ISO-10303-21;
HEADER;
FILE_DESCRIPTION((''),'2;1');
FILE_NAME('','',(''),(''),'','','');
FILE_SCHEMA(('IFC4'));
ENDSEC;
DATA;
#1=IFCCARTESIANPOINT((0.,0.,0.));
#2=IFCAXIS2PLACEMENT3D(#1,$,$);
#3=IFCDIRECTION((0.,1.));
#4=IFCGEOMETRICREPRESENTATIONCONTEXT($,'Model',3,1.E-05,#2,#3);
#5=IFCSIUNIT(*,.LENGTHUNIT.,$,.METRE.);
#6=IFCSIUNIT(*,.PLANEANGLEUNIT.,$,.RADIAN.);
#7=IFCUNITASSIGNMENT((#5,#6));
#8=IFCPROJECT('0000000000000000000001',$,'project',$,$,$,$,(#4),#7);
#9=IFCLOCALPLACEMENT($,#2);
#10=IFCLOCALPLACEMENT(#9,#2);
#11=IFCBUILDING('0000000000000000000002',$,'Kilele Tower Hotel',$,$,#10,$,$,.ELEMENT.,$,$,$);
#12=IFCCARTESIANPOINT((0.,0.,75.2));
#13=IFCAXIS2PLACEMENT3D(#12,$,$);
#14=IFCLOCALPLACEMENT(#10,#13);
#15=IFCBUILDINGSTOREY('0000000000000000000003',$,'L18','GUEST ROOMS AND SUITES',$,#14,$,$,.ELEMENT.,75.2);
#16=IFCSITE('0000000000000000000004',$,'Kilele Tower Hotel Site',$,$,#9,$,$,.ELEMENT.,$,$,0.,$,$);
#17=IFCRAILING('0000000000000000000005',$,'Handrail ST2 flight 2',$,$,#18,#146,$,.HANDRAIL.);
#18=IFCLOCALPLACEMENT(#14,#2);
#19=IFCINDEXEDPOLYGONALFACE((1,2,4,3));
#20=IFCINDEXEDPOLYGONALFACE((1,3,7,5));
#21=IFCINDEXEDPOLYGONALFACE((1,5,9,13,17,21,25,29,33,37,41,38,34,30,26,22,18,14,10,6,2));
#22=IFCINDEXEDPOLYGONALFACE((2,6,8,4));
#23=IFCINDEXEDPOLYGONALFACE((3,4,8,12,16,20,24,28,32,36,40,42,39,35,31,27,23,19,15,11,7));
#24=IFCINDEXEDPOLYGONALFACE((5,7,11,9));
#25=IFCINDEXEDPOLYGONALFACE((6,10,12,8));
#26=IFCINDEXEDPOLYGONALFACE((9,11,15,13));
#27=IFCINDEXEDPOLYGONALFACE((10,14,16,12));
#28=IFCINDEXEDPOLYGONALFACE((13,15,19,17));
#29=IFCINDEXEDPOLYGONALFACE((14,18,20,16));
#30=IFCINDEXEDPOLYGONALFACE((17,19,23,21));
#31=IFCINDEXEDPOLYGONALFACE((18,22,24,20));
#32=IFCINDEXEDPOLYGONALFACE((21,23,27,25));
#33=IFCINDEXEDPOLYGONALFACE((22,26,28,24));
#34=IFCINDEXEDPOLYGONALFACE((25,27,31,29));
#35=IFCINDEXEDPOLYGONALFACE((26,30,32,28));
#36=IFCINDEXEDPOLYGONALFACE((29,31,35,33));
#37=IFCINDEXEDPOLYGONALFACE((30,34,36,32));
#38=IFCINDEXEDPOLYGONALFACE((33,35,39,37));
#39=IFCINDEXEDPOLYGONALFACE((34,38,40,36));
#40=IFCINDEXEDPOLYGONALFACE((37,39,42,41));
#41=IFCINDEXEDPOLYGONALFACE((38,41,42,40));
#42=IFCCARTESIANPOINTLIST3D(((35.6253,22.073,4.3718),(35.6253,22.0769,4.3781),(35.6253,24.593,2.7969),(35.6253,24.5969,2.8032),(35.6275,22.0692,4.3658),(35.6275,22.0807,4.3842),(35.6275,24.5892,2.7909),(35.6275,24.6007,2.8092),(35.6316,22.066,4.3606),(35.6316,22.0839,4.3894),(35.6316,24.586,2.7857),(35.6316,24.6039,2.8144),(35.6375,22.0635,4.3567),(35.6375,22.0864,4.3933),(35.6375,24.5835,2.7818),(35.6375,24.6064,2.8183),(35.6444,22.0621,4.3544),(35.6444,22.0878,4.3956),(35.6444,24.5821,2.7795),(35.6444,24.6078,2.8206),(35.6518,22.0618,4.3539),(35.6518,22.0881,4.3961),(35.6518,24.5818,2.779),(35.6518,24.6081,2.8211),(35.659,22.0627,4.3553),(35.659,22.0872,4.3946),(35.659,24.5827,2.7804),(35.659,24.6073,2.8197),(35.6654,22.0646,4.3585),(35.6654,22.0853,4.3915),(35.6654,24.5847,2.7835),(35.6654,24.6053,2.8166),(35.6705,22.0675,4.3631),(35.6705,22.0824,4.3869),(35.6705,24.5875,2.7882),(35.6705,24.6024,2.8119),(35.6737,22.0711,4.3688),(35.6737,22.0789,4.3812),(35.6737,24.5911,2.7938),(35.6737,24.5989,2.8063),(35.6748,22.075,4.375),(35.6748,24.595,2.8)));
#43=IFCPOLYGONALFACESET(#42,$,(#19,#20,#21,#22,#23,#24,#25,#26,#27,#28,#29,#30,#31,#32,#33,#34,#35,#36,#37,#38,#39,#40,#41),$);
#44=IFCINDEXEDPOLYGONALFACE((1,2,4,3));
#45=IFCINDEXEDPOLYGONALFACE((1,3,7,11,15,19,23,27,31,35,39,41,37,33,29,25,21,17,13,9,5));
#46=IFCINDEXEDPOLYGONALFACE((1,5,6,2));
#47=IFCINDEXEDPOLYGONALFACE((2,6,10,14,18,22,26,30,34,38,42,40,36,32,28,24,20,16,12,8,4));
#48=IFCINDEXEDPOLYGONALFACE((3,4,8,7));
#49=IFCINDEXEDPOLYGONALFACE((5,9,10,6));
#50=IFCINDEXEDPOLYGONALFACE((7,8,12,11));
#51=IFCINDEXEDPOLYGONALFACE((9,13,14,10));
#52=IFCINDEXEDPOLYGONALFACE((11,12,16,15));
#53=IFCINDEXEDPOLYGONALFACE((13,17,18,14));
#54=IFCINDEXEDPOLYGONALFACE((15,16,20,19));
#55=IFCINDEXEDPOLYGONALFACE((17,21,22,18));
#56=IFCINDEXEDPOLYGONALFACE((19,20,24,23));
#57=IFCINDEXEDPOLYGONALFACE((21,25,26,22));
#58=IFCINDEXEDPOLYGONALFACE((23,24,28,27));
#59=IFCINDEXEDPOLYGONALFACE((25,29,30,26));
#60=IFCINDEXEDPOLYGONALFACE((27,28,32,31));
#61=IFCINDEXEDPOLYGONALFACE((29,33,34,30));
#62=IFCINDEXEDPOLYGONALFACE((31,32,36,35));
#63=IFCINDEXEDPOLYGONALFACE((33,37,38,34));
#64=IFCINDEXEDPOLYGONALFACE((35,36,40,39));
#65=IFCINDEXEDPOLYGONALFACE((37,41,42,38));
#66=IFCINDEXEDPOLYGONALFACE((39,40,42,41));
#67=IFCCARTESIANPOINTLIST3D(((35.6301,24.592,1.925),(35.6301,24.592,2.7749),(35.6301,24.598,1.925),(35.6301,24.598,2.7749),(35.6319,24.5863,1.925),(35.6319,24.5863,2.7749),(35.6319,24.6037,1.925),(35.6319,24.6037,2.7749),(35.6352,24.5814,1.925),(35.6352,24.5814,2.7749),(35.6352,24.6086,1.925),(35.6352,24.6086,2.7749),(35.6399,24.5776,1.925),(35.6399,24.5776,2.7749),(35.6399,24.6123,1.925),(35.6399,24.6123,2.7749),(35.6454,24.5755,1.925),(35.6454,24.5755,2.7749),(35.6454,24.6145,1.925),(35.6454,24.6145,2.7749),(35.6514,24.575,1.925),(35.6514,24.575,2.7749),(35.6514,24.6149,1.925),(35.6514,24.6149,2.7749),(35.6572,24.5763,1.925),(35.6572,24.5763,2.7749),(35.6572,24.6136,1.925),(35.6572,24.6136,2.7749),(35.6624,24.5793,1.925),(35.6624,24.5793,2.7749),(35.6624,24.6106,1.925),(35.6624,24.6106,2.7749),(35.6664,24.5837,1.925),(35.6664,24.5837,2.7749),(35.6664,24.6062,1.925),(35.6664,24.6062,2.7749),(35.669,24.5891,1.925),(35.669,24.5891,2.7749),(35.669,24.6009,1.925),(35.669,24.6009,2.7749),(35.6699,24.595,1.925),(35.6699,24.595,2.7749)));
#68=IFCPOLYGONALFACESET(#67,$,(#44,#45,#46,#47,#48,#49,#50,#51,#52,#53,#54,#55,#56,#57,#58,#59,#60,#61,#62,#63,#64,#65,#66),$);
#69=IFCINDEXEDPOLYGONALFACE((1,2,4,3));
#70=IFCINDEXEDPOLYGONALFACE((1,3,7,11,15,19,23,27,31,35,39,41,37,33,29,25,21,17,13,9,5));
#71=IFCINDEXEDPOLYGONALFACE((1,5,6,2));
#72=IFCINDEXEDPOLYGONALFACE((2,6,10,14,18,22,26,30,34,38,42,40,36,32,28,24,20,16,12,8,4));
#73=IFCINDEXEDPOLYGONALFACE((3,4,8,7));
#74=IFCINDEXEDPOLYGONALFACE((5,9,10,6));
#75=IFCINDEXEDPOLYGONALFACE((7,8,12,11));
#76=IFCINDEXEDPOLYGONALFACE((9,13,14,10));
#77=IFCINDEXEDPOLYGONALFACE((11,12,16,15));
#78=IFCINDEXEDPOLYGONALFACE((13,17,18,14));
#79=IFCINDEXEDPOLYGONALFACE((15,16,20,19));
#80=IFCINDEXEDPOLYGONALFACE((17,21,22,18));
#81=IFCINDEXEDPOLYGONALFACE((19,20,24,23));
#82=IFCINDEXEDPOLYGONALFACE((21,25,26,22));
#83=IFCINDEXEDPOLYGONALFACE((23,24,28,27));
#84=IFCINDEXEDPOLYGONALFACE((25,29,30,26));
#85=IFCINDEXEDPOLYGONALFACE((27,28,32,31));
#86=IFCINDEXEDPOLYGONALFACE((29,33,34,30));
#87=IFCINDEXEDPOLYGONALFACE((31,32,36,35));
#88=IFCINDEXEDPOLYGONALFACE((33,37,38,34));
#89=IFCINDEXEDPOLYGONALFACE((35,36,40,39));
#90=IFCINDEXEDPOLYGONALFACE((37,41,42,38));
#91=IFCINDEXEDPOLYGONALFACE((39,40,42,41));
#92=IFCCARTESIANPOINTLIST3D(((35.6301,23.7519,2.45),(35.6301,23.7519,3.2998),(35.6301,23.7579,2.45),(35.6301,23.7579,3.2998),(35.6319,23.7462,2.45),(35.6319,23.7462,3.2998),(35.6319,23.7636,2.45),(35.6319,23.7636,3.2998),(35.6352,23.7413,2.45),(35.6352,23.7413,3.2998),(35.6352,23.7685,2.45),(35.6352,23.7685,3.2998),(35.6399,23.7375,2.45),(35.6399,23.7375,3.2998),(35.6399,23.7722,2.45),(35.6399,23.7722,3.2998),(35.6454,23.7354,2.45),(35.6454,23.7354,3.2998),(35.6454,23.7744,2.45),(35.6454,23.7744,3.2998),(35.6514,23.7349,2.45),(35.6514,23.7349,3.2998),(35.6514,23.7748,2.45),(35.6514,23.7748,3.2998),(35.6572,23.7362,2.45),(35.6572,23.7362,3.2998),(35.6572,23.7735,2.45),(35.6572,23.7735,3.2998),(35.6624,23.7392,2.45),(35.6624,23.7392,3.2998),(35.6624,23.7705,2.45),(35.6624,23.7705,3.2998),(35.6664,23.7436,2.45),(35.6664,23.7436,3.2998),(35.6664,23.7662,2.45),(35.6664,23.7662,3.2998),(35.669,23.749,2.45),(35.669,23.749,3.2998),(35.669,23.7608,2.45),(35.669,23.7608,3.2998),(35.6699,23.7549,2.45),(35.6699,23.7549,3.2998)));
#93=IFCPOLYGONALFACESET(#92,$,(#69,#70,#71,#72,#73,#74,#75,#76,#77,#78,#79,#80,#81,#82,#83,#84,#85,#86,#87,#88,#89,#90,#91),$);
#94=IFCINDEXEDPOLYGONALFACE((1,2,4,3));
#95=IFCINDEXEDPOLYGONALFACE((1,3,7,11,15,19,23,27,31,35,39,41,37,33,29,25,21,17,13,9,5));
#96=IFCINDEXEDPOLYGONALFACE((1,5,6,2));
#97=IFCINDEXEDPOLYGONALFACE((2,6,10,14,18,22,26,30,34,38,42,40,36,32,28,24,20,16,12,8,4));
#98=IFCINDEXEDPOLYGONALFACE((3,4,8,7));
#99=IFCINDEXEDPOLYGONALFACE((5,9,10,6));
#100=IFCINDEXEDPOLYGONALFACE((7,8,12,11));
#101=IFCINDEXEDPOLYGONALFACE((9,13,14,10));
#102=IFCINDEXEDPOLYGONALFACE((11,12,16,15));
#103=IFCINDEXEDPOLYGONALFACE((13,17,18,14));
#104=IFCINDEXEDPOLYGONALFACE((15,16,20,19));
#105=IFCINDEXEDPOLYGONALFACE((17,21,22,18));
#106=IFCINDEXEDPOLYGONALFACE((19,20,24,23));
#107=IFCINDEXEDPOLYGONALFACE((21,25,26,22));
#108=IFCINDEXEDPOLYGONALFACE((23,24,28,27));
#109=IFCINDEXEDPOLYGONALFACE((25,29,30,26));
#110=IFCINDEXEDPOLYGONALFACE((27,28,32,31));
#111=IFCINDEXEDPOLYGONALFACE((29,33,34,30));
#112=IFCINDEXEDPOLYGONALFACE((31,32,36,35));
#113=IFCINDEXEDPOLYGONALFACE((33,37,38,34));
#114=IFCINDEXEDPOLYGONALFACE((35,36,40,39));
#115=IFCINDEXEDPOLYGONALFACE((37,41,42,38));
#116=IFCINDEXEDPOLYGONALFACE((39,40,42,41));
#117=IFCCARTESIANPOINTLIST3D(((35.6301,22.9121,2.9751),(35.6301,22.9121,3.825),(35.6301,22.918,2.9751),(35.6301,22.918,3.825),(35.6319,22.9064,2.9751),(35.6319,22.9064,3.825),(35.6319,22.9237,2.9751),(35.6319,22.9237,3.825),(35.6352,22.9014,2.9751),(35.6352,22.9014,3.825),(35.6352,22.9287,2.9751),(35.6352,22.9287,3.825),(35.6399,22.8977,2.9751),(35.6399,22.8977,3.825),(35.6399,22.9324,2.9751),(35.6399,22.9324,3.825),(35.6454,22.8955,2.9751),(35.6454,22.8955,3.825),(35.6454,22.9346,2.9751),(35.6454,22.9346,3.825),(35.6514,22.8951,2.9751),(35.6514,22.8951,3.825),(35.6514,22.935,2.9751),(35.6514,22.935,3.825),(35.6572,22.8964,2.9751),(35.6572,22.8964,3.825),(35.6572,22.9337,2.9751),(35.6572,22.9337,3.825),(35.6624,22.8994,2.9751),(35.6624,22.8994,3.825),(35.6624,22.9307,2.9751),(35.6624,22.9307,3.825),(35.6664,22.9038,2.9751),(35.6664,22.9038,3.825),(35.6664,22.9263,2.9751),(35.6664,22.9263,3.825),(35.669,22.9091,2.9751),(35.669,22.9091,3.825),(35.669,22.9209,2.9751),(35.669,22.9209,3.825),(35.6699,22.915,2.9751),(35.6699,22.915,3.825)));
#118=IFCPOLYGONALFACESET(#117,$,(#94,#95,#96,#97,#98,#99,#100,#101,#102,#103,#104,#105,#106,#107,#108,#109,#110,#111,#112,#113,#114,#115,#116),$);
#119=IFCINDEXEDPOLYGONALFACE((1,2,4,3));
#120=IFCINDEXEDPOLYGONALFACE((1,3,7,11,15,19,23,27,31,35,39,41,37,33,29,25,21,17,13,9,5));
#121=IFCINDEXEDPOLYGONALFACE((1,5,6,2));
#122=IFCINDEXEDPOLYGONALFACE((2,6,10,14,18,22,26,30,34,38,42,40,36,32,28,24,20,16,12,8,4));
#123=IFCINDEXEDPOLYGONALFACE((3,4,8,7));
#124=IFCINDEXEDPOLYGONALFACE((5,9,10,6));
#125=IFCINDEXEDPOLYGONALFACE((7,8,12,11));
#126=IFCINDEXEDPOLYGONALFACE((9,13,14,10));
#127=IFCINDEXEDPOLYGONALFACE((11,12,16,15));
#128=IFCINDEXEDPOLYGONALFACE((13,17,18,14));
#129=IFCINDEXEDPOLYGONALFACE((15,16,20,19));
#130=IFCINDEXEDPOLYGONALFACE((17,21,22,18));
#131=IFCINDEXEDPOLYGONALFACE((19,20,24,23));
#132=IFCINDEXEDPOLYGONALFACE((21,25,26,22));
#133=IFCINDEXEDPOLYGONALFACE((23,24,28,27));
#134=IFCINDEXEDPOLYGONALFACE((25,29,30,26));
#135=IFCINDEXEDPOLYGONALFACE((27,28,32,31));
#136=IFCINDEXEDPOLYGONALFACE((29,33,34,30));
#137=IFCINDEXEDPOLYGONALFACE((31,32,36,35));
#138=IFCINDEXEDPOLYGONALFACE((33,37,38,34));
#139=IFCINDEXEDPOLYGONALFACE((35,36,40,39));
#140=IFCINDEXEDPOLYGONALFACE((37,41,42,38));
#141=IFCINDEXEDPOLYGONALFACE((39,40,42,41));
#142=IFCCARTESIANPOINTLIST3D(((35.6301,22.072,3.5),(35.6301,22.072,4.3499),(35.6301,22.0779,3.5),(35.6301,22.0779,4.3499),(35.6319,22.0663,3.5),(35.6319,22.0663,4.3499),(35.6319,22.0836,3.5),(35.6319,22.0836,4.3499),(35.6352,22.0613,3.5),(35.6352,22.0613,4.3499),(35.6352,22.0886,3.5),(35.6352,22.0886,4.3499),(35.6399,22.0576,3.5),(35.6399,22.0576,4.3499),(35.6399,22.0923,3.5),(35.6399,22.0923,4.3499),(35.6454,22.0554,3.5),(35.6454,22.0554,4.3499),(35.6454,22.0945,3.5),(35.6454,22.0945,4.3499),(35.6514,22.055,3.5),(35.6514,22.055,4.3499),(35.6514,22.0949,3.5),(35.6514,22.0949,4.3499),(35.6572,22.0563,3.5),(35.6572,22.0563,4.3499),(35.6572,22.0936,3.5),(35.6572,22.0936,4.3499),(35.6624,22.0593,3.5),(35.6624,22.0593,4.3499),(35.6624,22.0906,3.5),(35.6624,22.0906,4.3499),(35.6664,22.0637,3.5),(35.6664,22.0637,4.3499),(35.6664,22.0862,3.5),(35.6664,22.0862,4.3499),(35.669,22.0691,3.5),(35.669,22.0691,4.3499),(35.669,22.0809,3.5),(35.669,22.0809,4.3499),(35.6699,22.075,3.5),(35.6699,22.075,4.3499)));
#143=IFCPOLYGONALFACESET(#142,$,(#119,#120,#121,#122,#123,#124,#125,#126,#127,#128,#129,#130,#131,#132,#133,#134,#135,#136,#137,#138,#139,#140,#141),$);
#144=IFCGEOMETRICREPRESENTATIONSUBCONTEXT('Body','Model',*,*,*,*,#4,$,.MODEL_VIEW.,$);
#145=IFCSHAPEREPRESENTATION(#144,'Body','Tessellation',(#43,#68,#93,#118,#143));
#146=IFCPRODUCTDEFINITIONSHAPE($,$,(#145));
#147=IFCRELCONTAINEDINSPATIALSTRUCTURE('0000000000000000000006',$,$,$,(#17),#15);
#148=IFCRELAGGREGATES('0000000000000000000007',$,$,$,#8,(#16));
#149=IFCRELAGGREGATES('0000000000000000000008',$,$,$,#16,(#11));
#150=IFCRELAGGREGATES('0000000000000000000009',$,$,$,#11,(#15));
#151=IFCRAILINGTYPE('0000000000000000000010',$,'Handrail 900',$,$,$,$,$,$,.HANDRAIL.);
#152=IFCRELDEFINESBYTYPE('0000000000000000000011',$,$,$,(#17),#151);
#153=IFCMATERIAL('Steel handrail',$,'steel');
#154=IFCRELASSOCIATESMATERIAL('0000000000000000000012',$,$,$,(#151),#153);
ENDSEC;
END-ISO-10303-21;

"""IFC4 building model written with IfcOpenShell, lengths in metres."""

from ifc_helpers import new_model, si_unit, direction, frame, origin, origin_2d, place, context, subcontext, project, spatial, circle, extrude, material, type_object, element, save


model = new_model("IFC4")

# Units and contexts
model_context = context("Model", 3, precision=1e-05, world=origin(), true_north=direction((0.0, 1.0)))
body_context = subcontext(model_context, "Body", "Model", "MODEL_VIEW")
ifc_project = project(units=[si_unit("LENGTHUNIT", "METRE"), si_unit("PLANEANGLEUNIT", "RADIAN")], contexts=[model_context])

# Site, building, storey
site_placement = place(None, origin())
site = spatial("IfcSite", under=ifc_project, at=site_placement, Name="Kilele Tower Hotel Site", CompositionType="ELEMENT", RefElevation=0.0)
building_placement = place(site_placement, origin())
building = spatial("IfcBuilding", under=site, at=building_placement, Name="Kilele Tower Hotel", CompositionType="ELEMENT")
storey_placement = place(building_placement, frame((0.0, 0.0, 75.2)))
storey = spatial("IfcBuildingStorey", under=building, at=storey_placement, Name="L18", Description="GUEST ROOMS AND SUITES", CompositionType="ELEMENT", Elevation=75.2)

# Railing
ifc_material_1 = material(Name="Steel handrail", Category="steel")
railing_type_1 = type_object("IfcRailingType", Name="Handrail 900", PredefinedType="HANDRAIL", material=ifc_material_1)
for number, where, name in (
    (1, (35.6499, 24.595, 1.925), "Handrail ST2 flight 2"),
):
    element("IfcRailing", number, at=place(storey_placement, frame(where)), inside=storey, type_object=railing_type_1, Name=name, PredefinedType="HANDRAIL", context=body_context, shape_type="SweptSolid", body=[
        extrude(circle(Radius=0.0249, at=origin_2d()), frame((0.0, 0.0, 0.875), z_axis=(0.0, -0.848008, 0.529984), x_axis=(1.0, 0.0, 0.0)), (0.0, 0.0, 1.0), 2.9717),
        extrude(circle(Radius=0.02, at=origin_2d()), origin(), (0.0, 0.0, 1.0), 0.8499),
        extrude(circle(Radius=0.02, at=origin_2d()), frame((0.0, -0.8401, 0.5249)), (0.0, 0.0, 1.0), 0.8499),
        extrude(circle(Radius=0.02, at=origin_2d()), frame((0.0, -1.6799, 1.05)), (0.0, 0.0, 1.0), 0.8499),
        extrude(circle(Radius=0.02, at=origin_2d()), frame((0.0, -2.52, 1.575)), (0.0, 0.0, 1.0), 0.8499),
    ])

save(model, "model.ifc")
